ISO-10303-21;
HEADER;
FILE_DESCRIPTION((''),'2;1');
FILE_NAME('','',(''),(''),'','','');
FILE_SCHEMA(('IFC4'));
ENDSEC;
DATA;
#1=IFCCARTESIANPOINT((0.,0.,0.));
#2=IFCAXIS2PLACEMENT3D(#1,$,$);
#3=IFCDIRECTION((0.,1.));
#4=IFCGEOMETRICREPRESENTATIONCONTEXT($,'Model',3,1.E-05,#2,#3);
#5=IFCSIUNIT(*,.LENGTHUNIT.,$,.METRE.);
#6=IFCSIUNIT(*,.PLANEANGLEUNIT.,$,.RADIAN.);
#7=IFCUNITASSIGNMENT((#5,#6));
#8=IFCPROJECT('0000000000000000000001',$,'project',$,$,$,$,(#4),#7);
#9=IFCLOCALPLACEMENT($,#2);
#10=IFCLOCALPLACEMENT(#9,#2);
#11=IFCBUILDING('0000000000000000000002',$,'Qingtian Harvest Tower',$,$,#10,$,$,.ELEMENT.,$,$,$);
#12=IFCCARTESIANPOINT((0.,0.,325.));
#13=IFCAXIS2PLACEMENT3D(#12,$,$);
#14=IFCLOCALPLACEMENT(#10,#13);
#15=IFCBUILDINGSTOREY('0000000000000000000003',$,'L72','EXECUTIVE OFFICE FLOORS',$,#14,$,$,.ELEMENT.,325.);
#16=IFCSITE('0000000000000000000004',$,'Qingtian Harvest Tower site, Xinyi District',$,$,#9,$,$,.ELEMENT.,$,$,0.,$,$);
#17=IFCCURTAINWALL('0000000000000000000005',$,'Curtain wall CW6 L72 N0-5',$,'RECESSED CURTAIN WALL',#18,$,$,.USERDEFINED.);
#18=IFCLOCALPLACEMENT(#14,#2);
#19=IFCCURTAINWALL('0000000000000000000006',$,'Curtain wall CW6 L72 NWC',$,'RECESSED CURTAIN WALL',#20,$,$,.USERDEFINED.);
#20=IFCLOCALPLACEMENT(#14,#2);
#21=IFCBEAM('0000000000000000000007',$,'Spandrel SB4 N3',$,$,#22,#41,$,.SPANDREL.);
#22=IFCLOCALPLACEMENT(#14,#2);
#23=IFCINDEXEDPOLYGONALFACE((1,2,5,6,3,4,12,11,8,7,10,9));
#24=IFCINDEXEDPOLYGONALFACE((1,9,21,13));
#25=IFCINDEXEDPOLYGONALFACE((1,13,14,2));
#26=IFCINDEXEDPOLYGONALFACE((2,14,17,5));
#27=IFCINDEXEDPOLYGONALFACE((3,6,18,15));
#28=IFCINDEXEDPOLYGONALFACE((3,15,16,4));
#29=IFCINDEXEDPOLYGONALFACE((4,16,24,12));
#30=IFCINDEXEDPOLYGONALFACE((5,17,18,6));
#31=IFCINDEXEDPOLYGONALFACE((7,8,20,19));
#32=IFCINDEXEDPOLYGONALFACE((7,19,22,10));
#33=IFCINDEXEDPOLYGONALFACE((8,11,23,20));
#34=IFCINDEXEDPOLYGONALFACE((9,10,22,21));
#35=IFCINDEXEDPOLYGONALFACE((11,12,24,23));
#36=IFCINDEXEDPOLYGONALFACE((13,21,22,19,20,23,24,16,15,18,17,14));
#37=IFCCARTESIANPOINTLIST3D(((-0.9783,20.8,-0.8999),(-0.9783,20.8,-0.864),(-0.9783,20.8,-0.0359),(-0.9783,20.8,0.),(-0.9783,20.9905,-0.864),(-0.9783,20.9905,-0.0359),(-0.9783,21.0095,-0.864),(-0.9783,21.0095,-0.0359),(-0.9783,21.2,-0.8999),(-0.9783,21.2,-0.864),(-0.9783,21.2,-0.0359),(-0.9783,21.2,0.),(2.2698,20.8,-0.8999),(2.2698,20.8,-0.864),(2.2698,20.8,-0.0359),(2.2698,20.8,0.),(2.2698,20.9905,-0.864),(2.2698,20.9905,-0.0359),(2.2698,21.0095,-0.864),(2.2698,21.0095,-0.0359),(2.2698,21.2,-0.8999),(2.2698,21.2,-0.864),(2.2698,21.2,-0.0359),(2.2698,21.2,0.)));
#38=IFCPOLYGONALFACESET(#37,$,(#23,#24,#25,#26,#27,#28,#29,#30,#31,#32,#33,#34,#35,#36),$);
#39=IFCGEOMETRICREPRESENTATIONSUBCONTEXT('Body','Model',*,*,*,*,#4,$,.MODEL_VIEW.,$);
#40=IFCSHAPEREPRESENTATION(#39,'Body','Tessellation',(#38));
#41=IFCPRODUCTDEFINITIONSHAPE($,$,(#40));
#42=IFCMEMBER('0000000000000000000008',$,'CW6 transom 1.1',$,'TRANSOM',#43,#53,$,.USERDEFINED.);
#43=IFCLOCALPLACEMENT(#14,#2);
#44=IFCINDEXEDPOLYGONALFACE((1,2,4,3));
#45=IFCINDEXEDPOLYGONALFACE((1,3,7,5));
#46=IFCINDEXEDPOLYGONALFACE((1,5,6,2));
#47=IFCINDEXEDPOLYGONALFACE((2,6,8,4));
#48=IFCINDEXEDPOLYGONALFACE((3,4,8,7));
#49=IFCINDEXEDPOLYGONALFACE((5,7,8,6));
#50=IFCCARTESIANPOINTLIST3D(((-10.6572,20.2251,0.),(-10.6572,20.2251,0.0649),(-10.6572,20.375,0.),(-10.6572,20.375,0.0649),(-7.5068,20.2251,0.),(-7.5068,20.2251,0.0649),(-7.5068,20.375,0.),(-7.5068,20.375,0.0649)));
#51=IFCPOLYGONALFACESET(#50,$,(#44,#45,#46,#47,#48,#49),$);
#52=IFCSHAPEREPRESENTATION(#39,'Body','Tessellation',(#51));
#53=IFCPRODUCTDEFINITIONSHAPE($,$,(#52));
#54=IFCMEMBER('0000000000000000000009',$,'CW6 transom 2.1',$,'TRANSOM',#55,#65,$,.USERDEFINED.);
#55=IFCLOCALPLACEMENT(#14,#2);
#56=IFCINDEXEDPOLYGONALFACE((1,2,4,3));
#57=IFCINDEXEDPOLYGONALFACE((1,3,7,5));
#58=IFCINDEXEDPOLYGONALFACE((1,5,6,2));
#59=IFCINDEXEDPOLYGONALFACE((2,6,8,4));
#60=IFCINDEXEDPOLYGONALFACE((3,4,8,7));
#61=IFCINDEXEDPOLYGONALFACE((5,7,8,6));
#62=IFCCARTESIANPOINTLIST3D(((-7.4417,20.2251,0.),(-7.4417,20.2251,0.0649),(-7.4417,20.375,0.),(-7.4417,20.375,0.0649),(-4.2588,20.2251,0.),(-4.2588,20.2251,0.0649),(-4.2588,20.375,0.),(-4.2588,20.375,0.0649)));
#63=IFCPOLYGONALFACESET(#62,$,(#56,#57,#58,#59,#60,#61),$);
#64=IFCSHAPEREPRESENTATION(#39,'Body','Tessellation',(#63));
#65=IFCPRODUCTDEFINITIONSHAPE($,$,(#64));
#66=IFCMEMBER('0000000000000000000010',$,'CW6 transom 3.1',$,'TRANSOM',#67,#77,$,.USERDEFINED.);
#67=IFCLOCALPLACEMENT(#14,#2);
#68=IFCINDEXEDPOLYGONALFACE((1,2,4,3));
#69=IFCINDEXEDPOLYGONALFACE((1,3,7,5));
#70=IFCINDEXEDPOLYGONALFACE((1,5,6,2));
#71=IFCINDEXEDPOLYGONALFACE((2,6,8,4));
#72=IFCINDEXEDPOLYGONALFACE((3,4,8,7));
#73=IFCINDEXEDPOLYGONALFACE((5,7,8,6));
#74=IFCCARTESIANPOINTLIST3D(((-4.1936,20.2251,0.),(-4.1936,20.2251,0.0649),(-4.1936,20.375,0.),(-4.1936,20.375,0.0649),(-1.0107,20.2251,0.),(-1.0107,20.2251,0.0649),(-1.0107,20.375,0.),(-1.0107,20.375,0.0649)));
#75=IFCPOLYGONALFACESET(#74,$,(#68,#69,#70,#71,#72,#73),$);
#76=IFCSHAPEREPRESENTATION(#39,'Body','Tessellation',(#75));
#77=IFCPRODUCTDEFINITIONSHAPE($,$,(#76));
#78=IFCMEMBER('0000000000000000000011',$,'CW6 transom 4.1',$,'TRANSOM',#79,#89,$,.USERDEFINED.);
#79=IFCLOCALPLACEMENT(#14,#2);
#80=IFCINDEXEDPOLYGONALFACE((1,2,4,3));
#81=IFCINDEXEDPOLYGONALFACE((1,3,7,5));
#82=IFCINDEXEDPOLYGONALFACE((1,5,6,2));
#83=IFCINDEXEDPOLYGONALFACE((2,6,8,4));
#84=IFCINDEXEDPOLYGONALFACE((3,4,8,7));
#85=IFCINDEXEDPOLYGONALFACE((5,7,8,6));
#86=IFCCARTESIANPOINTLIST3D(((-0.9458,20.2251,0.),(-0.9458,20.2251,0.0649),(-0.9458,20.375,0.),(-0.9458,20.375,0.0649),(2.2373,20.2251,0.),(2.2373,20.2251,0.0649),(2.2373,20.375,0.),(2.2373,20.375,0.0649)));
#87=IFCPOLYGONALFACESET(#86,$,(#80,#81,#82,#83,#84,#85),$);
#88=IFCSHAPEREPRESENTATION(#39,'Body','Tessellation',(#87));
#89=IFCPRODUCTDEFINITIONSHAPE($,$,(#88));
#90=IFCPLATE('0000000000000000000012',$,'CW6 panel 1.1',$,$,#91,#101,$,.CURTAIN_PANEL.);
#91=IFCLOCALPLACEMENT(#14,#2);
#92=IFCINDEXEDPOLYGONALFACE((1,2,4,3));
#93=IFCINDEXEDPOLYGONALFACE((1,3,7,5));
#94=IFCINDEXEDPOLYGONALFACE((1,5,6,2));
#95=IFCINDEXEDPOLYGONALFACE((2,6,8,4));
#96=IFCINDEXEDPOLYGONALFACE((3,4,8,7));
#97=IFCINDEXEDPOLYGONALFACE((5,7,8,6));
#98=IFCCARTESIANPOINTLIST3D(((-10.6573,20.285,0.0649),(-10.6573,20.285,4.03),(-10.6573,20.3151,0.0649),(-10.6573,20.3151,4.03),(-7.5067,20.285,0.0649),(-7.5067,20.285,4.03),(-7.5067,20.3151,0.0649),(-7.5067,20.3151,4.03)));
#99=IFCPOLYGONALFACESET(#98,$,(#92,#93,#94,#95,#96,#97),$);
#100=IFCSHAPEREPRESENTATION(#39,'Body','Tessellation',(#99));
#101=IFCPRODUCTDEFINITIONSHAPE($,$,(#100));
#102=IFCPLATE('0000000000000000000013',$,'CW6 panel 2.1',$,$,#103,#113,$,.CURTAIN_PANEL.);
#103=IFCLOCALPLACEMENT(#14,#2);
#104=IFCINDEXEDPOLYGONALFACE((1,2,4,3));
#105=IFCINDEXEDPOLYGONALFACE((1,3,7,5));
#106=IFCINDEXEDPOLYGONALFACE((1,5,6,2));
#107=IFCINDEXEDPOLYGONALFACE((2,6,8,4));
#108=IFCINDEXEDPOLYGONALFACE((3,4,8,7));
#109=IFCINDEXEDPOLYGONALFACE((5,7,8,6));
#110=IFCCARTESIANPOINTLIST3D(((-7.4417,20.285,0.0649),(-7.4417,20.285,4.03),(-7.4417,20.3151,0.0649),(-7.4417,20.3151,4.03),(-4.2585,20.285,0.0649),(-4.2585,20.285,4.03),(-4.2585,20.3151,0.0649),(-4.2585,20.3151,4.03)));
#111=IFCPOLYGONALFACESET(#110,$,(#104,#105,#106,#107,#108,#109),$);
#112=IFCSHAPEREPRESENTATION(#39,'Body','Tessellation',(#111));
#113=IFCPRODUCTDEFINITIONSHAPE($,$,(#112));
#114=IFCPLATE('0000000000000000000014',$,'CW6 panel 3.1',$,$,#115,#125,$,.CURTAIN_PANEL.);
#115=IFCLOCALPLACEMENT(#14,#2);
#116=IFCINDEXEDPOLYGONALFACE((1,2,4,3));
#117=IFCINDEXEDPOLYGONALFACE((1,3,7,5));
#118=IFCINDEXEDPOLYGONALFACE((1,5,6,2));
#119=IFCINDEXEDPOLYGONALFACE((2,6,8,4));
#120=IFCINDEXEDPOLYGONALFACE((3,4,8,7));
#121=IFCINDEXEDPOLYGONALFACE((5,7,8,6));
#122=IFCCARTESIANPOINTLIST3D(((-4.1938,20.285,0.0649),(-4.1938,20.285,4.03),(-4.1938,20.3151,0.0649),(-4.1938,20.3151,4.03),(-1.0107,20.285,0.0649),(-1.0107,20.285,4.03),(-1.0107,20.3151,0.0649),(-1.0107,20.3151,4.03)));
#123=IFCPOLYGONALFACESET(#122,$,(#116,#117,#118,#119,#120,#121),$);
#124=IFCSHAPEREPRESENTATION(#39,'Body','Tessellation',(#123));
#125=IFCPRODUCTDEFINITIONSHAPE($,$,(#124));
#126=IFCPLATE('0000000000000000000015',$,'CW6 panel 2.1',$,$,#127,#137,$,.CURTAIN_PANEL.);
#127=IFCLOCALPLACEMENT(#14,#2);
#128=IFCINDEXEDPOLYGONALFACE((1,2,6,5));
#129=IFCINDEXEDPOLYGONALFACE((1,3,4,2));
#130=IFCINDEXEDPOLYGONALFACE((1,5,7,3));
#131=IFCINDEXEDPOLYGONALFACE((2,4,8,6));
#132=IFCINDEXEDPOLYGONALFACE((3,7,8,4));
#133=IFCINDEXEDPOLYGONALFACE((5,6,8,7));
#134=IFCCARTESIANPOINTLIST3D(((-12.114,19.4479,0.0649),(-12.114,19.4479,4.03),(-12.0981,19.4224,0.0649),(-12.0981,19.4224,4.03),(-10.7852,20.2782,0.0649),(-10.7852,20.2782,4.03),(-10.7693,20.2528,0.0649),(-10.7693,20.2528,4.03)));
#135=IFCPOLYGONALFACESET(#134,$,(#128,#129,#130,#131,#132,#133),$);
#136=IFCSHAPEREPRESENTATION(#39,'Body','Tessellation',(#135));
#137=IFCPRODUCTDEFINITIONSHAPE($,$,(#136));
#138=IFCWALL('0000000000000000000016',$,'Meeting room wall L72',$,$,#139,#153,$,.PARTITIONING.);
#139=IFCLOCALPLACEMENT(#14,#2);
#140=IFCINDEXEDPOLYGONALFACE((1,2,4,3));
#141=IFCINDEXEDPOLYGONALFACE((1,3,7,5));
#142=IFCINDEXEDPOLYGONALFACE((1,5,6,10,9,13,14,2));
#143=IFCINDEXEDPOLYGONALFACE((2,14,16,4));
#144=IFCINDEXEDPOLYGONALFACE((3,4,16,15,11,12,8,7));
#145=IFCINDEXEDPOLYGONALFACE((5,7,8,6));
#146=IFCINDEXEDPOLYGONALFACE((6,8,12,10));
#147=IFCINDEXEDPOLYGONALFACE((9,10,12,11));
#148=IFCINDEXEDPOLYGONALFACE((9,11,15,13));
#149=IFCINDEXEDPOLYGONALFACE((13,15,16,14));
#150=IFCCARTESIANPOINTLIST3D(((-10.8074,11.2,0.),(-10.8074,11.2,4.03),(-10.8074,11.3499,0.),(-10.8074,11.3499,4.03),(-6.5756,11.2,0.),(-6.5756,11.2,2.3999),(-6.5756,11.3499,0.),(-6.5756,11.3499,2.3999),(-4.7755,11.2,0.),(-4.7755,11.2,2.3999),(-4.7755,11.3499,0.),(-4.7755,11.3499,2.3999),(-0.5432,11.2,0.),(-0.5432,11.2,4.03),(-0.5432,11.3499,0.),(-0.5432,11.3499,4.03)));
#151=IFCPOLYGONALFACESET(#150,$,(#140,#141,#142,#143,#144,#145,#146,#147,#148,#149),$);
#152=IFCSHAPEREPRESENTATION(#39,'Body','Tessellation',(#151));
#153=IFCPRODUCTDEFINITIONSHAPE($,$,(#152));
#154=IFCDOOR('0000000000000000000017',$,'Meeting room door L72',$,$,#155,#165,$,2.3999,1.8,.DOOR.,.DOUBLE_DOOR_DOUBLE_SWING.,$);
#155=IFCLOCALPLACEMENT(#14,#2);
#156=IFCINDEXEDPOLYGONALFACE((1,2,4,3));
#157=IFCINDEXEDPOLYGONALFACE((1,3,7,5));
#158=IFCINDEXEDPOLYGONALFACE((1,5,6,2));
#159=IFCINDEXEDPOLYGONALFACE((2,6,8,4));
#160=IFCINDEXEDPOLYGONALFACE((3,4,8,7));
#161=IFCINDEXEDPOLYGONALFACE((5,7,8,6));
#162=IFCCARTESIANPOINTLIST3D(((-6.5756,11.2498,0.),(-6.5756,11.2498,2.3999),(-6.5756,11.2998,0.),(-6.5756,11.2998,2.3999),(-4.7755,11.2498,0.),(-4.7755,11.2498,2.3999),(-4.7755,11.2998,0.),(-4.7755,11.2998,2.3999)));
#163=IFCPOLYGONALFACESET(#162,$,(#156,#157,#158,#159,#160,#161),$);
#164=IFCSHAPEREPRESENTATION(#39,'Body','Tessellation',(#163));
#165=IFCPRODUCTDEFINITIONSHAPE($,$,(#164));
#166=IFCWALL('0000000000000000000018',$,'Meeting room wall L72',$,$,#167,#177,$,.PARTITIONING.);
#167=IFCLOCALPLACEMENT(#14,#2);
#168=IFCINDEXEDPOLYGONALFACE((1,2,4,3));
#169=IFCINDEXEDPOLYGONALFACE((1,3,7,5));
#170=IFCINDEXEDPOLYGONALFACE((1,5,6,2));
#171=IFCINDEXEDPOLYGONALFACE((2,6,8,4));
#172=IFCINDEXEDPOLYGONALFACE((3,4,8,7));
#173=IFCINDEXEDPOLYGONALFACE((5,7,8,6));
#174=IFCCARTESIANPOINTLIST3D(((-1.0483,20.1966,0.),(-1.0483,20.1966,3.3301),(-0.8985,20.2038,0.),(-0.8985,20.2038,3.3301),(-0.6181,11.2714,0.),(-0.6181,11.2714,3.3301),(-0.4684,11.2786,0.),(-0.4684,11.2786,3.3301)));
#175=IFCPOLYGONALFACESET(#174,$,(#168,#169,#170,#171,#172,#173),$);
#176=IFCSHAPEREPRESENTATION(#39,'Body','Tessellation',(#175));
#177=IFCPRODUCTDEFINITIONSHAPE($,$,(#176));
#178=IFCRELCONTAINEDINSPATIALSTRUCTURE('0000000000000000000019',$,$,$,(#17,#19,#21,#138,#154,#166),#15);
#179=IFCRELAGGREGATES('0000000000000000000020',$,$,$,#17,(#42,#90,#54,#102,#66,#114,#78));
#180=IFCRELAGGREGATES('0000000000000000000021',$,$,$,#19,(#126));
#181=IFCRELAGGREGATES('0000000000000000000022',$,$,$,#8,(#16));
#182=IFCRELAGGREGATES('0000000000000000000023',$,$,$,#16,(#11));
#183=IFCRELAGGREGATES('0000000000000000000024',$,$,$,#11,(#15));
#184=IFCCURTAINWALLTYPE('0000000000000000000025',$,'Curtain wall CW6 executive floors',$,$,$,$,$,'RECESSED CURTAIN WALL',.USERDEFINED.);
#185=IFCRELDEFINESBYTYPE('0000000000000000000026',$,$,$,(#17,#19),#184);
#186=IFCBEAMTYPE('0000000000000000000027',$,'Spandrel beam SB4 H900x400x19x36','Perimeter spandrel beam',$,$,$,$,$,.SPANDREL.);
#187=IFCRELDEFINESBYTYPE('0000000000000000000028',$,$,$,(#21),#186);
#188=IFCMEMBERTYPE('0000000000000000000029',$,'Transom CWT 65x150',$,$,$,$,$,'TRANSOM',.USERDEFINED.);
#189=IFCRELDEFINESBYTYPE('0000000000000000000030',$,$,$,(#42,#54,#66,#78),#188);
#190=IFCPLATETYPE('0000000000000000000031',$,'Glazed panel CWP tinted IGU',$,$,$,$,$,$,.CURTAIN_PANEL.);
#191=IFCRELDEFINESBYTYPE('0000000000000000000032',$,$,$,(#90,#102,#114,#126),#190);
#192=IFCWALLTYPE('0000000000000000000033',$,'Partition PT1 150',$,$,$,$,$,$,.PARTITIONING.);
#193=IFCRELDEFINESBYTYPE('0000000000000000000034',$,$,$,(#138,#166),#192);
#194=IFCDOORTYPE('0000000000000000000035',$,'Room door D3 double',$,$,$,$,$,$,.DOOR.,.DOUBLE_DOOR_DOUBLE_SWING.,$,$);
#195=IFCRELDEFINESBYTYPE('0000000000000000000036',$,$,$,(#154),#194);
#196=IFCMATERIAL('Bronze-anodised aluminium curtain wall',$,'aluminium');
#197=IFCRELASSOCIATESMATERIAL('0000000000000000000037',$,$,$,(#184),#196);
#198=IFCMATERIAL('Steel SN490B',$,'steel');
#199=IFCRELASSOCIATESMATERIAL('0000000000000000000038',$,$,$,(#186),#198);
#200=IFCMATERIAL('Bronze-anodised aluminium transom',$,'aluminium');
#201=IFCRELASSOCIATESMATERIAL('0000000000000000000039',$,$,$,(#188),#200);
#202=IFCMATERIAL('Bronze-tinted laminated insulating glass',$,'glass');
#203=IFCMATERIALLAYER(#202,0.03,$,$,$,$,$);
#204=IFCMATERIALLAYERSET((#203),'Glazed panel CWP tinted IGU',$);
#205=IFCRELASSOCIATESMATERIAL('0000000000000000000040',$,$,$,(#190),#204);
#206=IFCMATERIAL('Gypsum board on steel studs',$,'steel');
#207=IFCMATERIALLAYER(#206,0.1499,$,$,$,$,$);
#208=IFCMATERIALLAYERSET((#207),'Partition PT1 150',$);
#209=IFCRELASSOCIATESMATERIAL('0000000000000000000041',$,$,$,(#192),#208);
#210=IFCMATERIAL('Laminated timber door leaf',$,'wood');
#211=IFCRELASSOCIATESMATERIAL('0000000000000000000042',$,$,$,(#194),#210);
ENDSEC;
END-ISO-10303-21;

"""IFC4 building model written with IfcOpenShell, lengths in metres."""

from ifc_helpers import new_model, si_unit, direction, frame, frame_2d, origin, origin_2d, place, context, subcontext, project, spatial, rectangle, i_section, extrude, material, layer, layer_set, material_profile, profile_set, type_object, element, fill, aggregate, save


model = new_model("IFC4")

# Units and contexts
model_context = context("Model", 3, precision=1e-05, world=origin(), true_north=direction((0.0, 1.0)))
body_context = subcontext(model_context, "Body", "Model", "MODEL_VIEW")
ifc_project = project(units=[si_unit("LENGTHUNIT", "METRE"), si_unit("PLANEANGLEUNIT", "RADIAN")], contexts=[model_context])

# Site, building, storey
site_placement = place(None, origin())
site = spatial("IfcSite", under=ifc_project, at=site_placement, Name="Qingtian Harvest Tower site, Xinyi District", CompositionType="ELEMENT", RefElevation=0.0)
building_placement = place(site_placement, origin())
building = spatial("IfcBuilding", under=site, at=building_placement, Name="Qingtian Harvest Tower", CompositionType="ELEMENT")
storey_placement = place(building_placement, frame((0.0, 0.0, 325.0)))
storey = spatial("IfcBuildingStorey", under=building, at=storey_placement, Name="L72", Description="EXECUTIVE OFFICE FLOORS", CompositionType="ELEMENT", Elevation=325.0)

# Curtain wall
ifc_material_1 = material(Name="Bronze-anodised aluminium curtain wall", Category="aluminium")
curtain_wall_type = type_object("IfcCurtainWallType", Name="Curtain wall CW6 executive floors", ElementType="RECESSED CURTAIN WALL", PredefinedType="USERDEFINED", material=ifc_material_1)
curtain_wall_1_placement = place(storey_placement, origin())
curtain_wall_1 = element("IfcCurtainWall", 1, at=curtain_wall_1_placement, inside=storey, type_object=curtain_wall_type, Name="Curtain wall CW6 L72 N0-5", ObjectType="RECESSED CURTAIN WALL", PredefinedType="USERDEFINED")

# Curtain wall
curtain_wall_2_placement = place(storey_placement, origin())
curtain_wall_2 = element("IfcCurtainWall", 2, at=curtain_wall_2_placement, inside=storey, type_object=curtain_wall_type, Name="Curtain wall CW6 L72 NWC", ObjectType="RECESSED CURTAIN WALL", PredefinedType="USERDEFINED")

# Beam
ifc_material_2 = material(Name="Steel SN490B", Category="steel")
ifc_material_profile_1 = material_profile(ifc_material_2, i_section(OverallWidth=0.3999, OverallDepth=0.8999, WebThickness=0.019, FlangeThickness=0.0359, at=origin_2d()), Name="H900x400x19x36")
ifc_profile_set_1 = profile_set([ifc_material_profile_1], Name="Steel SN490B")
beam_type_1 = type_object("IfcBeamType", Name="Spandrel beam SB4 H900x400x19x36", Description="Perimeter spandrel beam", PredefinedType="SPANDREL", material=ifc_profile_set_1)
for number, where, z_axis, x_axis, name in (
    (3, (-0.9783, 21.0, -0.45), (1.0, 0.0, 0.0), (0.0, 1.0, 0.0), "Spandrel SB4 N3"),
):
    element("IfcBeam", number, at=place(storey_placement, frame(where, z_axis=z_axis, x_axis=x_axis)), inside=storey, type_object=beam_type_1, Name=name, PredefinedType="SPANDREL", context=body_context, shape_type="SweptSolid", body=[
        extrude(i_section(OverallWidth=0.3999, OverallDepth=0.8999, WebThickness=0.019, FlangeThickness=0.0359, at=origin_2d()), origin(), (0.0, 0.0, 1.0), 3.248),
    ])

# Members
ifc_material_3 = material(Name="Bronze-anodised aluminium transom", Category="aluminium")
ifc_material_profile_2 = material_profile(ifc_material_3, rectangle(XDim=0.1499, YDim=0.0649, at=origin_2d()), Name="AL 65x150")
ifc_profile_set_2 = profile_set([ifc_material_profile_2], Name="Bronze-anodised aluminium transom")
member_type_1 = type_object("IfcMemberType", Name="Transom CWT 65x150", ElementType="TRANSOM", PredefinedType="USERDEFINED", material=ifc_profile_set_2)
member_1_placement = place(storey_placement, frame((-10.6572, 20.3, 0.0325), z_axis=(1.0, 0.0, 0.0), x_axis=(0.0, 1.0, 0.0)))
member_1 = element("IfcMember", 4, at=member_1_placement, type_object=member_type_1, Name="CW6 transom 1.1", ObjectType="TRANSOM", PredefinedType="USERDEFINED", context=body_context, shape_type="SweptSolid", body=[
    extrude(rectangle(XDim=0.1499, YDim=0.0649, at=origin_2d()), origin(), (0.0, 0.0, 1.0), 3.1504),
])
member_2_placement = place(storey_placement, frame((-7.4417, 20.3, 0.0325), z_axis=(1.0, 0.0, 0.0), x_axis=(0.0, 1.0, 0.0)))
member_2 = element("IfcMember", 5, at=member_2_placement, type_object=member_type_1, Name="CW6 transom 2.1", ObjectType="TRANSOM", PredefinedType="USERDEFINED", context=body_context, shape_type="SweptSolid", body=[
    extrude(rectangle(XDim=0.1499, YDim=0.0649, at=origin_2d()), origin(), (0.0, 0.0, 1.0), 3.1829),
])
member_3_placement = place(storey_placement, frame((-4.1936, 20.3, 0.0325), z_axis=(1.0, 0.0, 0.0), x_axis=(0.0, 1.0, 0.0)))
member_3 = element("IfcMember", 6, at=member_3_placement, type_object=member_type_1, Name="CW6 transom 3.1", ObjectType="TRANSOM", PredefinedType="USERDEFINED", context=body_context, shape_type="SweptSolid", body=[
    extrude(rectangle(XDim=0.1499, YDim=0.0649, at=origin_2d()), origin(), (0.0, 0.0, 1.0), 3.1829),
])
member_4_placement = place(storey_placement, frame((-0.9458, 20.3, 0.0325), z_axis=(1.0, 0.0, 0.0), x_axis=(0.0, 1.0, 0.0)))
member_4 = element("IfcMember", 7, at=member_4_placement, type_object=member_type_1, Name="CW6 transom 4.1", ObjectType="TRANSOM", PredefinedType="USERDEFINED", context=body_context, shape_type="SweptSolid", body=[
    extrude(rectangle(XDim=0.1499, YDim=0.0649, at=origin_2d()), origin(), (0.0, 0.0, 1.0), 3.1831),
])

# Plates
ifc_material_4 = material(Name="Bronze-tinted laminated insulating glass", Category="glass")
ifc_layer_1 = layer(ifc_material_4, 0.03)
ifc_layer_set_1 = layer_set([ifc_layer_1], Name="Glazed panel CWP tinted IGU")
plate_type = type_object("IfcPlateType", Name="Glazed panel CWP tinted IGU", PredefinedType="CURTAIN_PANEL", material=ifc_layer_set_1)
plate_1_placement = place(storey_placement, frame((-9.082, 20.3, 0.0649), z_axis=(0.0, 0.0, 1.0), x_axis=(1.0, 0.0, 0.0)))
plate_1 = element("IfcPlate", 8, at=plate_1_placement, type_object=plate_type, Name="CW6 panel 1.1", PredefinedType="CURTAIN_PANEL", context=body_context, shape_type="SweptSolid", body=[
    extrude(rectangle(XDim=3.1506, YDim=0.03, at=origin_2d()), origin(), (0.0, 0.0, 1.0), 3.9651),
])
plate_2_placement = place(storey_placement, frame((-5.8501, 20.3, 0.0649), z_axis=(0.0, 0.0, 1.0), x_axis=(1.0, 0.0, 0.0)))
plate_2 = element("IfcPlate", 9, at=plate_2_placement, type_object=plate_type, Name="CW6 panel 2.1", PredefinedType="CURTAIN_PANEL", context=body_context, shape_type="SweptSolid", body=[
    extrude(rectangle(XDim=3.1831, YDim=0.03, at=origin_2d()), origin(), (0.0, 0.0, 1.0), 3.9651),
])
plate_3_placement = place(storey_placement, frame((-2.6023, 20.3, 0.0649), z_axis=(0.0, 0.0, 1.0), x_axis=(1.0, 0.0, 0.0)))
plate_3 = element("IfcPlate", 10, at=plate_3_placement, type_object=plate_type, Name="CW6 panel 3.1", PredefinedType="CURTAIN_PANEL", context=body_context, shape_type="SweptSolid", body=[
    extrude(rectangle(XDim=3.1831, YDim=0.03, at=origin_2d()), origin(), (0.0, 0.0, 1.0), 3.9651),
])
aggregate(curtain_wall_1, [member_1, plate_1, member_2, plate_2, member_3, plate_3, member_4])
plate_4_placement = place(storey_placement, frame((-11.4417, 19.8503, 0.0649), z_axis=(0.0, 0.0, 1.0), x_axis=(0.848048, 0.529919, 0.0)))
plate_4 = element("IfcPlate", 11, at=plate_4_placement, type_object=plate_type, Name="CW6 panel 2.1", PredefinedType="CURTAIN_PANEL", context=body_context, shape_type="SweptSolid", body=[
    extrude(rectangle(XDim=1.5669, YDim=0.03, at=origin_2d()), origin(), (0.0, 0.0, 1.0), 3.9651),
])
aggregate(curtain_wall_2, [plate_4])

# Wall, opening, door
ifc_material_5 = material(Name="Gypsum board on steel studs", Category="steel")
ifc_layer_2 = layer(ifc_material_5, 0.1499)
ifc_layer_set_2 = layer_set([ifc_layer_2], Name="Partition PT1 150")
wall_type = type_object("IfcWallType", Name="Partition PT1 150", PredefinedType="PARTITIONING", material=ifc_layer_set_2)
wall_1_placement = place(storey_placement, frame((-10.8074, 11.2749, 0.0), z_axis=(0.0, 0.0, 1.0), x_axis=(1.0, 0.0, 0.0)))
wall_1 = element("IfcWall", 12, at=wall_1_placement, inside=storey, type_object=wall_type, Name="Meeting room wall L72", PredefinedType="PARTITIONING", context=body_context, shape_type="SweptSolid", body=[
    extrude(rectangle(XDim=10.2642, YDim=0.1499, at=frame_2d((5.1321, 0.0))), origin(), (0.0, 0.0, 1.0), 4.03),
])
opening_1_placement = place(wall_1_placement, frame((4.2319, 0.0, 0.0)))
opening_1 = element("IfcOpeningElement", 13, at=opening_1_placement, cuts=wall_1, PredefinedType="OPENING", context=body_context, shape_type="SweptSolid", body=[
    extrude(rectangle(XDim=1.8, YDim=2.3999, at=frame_2d((0.8999, 1.2))), frame((0.0, 0.085, 0.0), z_axis=(0.0, -1.0, 0.0), x_axis=(1.0, 0.0, 0.0)), (0.0, 0.0, 1.0), 0.1699),
])
ifc_material_6 = material(Name="Laminated timber door leaf", Category="wood")
door_type = type_object("IfcDoorType", Name="Room door D3 double", OperationType="DOUBLE_DOOR_DOUBLE_SWING", PredefinedType="DOOR", material=ifc_material_6)
door_1_placement = place(opening_1_placement, origin())
door_1 = element("IfcDoor", 14, at=door_1_placement, inside=storey, type_object=door_type, Name="Meeting room door L72", OperationType="DOUBLE_DOOR_DOUBLE_SWING", OverallHeight=2.3999, OverallWidth=1.8, PredefinedType="DOOR", context=body_context, shape_type="SweptSolid", body=[
    extrude(rectangle(XDim=1.8, YDim=2.3999, at=frame_2d((0.8999, 1.2))), frame((0.0, 0.0249, 0.0), z_axis=(0.0, -1.0, 0.0), x_axis=(1.0, 0.0, 0.0)), (0.0, 0.0, 1.0), 0.05),
])
fill(opening_1, door_1)

# Wall
wall_2_placement = place(storey_placement, frame((-0.9734, 20.2002, 0.0), z_axis=(0.0, 0.0, 1.0), x_axis=(0.048142, -0.998841, 0.0)))
element("IfcWall", 15, at=wall_2_placement, inside=storey, type_object=wall_type, Name="Meeting room wall L72", PredefinedType="PARTITIONING", context=body_context, shape_type="SweptSolid", body=[
    extrude(rectangle(XDim=8.9355, YDim=0.1499, at=frame_2d((4.4678, 0.0))), origin(), (0.0, 0.0, 1.0), 3.3301),
])

save(model, "model.ifc")
